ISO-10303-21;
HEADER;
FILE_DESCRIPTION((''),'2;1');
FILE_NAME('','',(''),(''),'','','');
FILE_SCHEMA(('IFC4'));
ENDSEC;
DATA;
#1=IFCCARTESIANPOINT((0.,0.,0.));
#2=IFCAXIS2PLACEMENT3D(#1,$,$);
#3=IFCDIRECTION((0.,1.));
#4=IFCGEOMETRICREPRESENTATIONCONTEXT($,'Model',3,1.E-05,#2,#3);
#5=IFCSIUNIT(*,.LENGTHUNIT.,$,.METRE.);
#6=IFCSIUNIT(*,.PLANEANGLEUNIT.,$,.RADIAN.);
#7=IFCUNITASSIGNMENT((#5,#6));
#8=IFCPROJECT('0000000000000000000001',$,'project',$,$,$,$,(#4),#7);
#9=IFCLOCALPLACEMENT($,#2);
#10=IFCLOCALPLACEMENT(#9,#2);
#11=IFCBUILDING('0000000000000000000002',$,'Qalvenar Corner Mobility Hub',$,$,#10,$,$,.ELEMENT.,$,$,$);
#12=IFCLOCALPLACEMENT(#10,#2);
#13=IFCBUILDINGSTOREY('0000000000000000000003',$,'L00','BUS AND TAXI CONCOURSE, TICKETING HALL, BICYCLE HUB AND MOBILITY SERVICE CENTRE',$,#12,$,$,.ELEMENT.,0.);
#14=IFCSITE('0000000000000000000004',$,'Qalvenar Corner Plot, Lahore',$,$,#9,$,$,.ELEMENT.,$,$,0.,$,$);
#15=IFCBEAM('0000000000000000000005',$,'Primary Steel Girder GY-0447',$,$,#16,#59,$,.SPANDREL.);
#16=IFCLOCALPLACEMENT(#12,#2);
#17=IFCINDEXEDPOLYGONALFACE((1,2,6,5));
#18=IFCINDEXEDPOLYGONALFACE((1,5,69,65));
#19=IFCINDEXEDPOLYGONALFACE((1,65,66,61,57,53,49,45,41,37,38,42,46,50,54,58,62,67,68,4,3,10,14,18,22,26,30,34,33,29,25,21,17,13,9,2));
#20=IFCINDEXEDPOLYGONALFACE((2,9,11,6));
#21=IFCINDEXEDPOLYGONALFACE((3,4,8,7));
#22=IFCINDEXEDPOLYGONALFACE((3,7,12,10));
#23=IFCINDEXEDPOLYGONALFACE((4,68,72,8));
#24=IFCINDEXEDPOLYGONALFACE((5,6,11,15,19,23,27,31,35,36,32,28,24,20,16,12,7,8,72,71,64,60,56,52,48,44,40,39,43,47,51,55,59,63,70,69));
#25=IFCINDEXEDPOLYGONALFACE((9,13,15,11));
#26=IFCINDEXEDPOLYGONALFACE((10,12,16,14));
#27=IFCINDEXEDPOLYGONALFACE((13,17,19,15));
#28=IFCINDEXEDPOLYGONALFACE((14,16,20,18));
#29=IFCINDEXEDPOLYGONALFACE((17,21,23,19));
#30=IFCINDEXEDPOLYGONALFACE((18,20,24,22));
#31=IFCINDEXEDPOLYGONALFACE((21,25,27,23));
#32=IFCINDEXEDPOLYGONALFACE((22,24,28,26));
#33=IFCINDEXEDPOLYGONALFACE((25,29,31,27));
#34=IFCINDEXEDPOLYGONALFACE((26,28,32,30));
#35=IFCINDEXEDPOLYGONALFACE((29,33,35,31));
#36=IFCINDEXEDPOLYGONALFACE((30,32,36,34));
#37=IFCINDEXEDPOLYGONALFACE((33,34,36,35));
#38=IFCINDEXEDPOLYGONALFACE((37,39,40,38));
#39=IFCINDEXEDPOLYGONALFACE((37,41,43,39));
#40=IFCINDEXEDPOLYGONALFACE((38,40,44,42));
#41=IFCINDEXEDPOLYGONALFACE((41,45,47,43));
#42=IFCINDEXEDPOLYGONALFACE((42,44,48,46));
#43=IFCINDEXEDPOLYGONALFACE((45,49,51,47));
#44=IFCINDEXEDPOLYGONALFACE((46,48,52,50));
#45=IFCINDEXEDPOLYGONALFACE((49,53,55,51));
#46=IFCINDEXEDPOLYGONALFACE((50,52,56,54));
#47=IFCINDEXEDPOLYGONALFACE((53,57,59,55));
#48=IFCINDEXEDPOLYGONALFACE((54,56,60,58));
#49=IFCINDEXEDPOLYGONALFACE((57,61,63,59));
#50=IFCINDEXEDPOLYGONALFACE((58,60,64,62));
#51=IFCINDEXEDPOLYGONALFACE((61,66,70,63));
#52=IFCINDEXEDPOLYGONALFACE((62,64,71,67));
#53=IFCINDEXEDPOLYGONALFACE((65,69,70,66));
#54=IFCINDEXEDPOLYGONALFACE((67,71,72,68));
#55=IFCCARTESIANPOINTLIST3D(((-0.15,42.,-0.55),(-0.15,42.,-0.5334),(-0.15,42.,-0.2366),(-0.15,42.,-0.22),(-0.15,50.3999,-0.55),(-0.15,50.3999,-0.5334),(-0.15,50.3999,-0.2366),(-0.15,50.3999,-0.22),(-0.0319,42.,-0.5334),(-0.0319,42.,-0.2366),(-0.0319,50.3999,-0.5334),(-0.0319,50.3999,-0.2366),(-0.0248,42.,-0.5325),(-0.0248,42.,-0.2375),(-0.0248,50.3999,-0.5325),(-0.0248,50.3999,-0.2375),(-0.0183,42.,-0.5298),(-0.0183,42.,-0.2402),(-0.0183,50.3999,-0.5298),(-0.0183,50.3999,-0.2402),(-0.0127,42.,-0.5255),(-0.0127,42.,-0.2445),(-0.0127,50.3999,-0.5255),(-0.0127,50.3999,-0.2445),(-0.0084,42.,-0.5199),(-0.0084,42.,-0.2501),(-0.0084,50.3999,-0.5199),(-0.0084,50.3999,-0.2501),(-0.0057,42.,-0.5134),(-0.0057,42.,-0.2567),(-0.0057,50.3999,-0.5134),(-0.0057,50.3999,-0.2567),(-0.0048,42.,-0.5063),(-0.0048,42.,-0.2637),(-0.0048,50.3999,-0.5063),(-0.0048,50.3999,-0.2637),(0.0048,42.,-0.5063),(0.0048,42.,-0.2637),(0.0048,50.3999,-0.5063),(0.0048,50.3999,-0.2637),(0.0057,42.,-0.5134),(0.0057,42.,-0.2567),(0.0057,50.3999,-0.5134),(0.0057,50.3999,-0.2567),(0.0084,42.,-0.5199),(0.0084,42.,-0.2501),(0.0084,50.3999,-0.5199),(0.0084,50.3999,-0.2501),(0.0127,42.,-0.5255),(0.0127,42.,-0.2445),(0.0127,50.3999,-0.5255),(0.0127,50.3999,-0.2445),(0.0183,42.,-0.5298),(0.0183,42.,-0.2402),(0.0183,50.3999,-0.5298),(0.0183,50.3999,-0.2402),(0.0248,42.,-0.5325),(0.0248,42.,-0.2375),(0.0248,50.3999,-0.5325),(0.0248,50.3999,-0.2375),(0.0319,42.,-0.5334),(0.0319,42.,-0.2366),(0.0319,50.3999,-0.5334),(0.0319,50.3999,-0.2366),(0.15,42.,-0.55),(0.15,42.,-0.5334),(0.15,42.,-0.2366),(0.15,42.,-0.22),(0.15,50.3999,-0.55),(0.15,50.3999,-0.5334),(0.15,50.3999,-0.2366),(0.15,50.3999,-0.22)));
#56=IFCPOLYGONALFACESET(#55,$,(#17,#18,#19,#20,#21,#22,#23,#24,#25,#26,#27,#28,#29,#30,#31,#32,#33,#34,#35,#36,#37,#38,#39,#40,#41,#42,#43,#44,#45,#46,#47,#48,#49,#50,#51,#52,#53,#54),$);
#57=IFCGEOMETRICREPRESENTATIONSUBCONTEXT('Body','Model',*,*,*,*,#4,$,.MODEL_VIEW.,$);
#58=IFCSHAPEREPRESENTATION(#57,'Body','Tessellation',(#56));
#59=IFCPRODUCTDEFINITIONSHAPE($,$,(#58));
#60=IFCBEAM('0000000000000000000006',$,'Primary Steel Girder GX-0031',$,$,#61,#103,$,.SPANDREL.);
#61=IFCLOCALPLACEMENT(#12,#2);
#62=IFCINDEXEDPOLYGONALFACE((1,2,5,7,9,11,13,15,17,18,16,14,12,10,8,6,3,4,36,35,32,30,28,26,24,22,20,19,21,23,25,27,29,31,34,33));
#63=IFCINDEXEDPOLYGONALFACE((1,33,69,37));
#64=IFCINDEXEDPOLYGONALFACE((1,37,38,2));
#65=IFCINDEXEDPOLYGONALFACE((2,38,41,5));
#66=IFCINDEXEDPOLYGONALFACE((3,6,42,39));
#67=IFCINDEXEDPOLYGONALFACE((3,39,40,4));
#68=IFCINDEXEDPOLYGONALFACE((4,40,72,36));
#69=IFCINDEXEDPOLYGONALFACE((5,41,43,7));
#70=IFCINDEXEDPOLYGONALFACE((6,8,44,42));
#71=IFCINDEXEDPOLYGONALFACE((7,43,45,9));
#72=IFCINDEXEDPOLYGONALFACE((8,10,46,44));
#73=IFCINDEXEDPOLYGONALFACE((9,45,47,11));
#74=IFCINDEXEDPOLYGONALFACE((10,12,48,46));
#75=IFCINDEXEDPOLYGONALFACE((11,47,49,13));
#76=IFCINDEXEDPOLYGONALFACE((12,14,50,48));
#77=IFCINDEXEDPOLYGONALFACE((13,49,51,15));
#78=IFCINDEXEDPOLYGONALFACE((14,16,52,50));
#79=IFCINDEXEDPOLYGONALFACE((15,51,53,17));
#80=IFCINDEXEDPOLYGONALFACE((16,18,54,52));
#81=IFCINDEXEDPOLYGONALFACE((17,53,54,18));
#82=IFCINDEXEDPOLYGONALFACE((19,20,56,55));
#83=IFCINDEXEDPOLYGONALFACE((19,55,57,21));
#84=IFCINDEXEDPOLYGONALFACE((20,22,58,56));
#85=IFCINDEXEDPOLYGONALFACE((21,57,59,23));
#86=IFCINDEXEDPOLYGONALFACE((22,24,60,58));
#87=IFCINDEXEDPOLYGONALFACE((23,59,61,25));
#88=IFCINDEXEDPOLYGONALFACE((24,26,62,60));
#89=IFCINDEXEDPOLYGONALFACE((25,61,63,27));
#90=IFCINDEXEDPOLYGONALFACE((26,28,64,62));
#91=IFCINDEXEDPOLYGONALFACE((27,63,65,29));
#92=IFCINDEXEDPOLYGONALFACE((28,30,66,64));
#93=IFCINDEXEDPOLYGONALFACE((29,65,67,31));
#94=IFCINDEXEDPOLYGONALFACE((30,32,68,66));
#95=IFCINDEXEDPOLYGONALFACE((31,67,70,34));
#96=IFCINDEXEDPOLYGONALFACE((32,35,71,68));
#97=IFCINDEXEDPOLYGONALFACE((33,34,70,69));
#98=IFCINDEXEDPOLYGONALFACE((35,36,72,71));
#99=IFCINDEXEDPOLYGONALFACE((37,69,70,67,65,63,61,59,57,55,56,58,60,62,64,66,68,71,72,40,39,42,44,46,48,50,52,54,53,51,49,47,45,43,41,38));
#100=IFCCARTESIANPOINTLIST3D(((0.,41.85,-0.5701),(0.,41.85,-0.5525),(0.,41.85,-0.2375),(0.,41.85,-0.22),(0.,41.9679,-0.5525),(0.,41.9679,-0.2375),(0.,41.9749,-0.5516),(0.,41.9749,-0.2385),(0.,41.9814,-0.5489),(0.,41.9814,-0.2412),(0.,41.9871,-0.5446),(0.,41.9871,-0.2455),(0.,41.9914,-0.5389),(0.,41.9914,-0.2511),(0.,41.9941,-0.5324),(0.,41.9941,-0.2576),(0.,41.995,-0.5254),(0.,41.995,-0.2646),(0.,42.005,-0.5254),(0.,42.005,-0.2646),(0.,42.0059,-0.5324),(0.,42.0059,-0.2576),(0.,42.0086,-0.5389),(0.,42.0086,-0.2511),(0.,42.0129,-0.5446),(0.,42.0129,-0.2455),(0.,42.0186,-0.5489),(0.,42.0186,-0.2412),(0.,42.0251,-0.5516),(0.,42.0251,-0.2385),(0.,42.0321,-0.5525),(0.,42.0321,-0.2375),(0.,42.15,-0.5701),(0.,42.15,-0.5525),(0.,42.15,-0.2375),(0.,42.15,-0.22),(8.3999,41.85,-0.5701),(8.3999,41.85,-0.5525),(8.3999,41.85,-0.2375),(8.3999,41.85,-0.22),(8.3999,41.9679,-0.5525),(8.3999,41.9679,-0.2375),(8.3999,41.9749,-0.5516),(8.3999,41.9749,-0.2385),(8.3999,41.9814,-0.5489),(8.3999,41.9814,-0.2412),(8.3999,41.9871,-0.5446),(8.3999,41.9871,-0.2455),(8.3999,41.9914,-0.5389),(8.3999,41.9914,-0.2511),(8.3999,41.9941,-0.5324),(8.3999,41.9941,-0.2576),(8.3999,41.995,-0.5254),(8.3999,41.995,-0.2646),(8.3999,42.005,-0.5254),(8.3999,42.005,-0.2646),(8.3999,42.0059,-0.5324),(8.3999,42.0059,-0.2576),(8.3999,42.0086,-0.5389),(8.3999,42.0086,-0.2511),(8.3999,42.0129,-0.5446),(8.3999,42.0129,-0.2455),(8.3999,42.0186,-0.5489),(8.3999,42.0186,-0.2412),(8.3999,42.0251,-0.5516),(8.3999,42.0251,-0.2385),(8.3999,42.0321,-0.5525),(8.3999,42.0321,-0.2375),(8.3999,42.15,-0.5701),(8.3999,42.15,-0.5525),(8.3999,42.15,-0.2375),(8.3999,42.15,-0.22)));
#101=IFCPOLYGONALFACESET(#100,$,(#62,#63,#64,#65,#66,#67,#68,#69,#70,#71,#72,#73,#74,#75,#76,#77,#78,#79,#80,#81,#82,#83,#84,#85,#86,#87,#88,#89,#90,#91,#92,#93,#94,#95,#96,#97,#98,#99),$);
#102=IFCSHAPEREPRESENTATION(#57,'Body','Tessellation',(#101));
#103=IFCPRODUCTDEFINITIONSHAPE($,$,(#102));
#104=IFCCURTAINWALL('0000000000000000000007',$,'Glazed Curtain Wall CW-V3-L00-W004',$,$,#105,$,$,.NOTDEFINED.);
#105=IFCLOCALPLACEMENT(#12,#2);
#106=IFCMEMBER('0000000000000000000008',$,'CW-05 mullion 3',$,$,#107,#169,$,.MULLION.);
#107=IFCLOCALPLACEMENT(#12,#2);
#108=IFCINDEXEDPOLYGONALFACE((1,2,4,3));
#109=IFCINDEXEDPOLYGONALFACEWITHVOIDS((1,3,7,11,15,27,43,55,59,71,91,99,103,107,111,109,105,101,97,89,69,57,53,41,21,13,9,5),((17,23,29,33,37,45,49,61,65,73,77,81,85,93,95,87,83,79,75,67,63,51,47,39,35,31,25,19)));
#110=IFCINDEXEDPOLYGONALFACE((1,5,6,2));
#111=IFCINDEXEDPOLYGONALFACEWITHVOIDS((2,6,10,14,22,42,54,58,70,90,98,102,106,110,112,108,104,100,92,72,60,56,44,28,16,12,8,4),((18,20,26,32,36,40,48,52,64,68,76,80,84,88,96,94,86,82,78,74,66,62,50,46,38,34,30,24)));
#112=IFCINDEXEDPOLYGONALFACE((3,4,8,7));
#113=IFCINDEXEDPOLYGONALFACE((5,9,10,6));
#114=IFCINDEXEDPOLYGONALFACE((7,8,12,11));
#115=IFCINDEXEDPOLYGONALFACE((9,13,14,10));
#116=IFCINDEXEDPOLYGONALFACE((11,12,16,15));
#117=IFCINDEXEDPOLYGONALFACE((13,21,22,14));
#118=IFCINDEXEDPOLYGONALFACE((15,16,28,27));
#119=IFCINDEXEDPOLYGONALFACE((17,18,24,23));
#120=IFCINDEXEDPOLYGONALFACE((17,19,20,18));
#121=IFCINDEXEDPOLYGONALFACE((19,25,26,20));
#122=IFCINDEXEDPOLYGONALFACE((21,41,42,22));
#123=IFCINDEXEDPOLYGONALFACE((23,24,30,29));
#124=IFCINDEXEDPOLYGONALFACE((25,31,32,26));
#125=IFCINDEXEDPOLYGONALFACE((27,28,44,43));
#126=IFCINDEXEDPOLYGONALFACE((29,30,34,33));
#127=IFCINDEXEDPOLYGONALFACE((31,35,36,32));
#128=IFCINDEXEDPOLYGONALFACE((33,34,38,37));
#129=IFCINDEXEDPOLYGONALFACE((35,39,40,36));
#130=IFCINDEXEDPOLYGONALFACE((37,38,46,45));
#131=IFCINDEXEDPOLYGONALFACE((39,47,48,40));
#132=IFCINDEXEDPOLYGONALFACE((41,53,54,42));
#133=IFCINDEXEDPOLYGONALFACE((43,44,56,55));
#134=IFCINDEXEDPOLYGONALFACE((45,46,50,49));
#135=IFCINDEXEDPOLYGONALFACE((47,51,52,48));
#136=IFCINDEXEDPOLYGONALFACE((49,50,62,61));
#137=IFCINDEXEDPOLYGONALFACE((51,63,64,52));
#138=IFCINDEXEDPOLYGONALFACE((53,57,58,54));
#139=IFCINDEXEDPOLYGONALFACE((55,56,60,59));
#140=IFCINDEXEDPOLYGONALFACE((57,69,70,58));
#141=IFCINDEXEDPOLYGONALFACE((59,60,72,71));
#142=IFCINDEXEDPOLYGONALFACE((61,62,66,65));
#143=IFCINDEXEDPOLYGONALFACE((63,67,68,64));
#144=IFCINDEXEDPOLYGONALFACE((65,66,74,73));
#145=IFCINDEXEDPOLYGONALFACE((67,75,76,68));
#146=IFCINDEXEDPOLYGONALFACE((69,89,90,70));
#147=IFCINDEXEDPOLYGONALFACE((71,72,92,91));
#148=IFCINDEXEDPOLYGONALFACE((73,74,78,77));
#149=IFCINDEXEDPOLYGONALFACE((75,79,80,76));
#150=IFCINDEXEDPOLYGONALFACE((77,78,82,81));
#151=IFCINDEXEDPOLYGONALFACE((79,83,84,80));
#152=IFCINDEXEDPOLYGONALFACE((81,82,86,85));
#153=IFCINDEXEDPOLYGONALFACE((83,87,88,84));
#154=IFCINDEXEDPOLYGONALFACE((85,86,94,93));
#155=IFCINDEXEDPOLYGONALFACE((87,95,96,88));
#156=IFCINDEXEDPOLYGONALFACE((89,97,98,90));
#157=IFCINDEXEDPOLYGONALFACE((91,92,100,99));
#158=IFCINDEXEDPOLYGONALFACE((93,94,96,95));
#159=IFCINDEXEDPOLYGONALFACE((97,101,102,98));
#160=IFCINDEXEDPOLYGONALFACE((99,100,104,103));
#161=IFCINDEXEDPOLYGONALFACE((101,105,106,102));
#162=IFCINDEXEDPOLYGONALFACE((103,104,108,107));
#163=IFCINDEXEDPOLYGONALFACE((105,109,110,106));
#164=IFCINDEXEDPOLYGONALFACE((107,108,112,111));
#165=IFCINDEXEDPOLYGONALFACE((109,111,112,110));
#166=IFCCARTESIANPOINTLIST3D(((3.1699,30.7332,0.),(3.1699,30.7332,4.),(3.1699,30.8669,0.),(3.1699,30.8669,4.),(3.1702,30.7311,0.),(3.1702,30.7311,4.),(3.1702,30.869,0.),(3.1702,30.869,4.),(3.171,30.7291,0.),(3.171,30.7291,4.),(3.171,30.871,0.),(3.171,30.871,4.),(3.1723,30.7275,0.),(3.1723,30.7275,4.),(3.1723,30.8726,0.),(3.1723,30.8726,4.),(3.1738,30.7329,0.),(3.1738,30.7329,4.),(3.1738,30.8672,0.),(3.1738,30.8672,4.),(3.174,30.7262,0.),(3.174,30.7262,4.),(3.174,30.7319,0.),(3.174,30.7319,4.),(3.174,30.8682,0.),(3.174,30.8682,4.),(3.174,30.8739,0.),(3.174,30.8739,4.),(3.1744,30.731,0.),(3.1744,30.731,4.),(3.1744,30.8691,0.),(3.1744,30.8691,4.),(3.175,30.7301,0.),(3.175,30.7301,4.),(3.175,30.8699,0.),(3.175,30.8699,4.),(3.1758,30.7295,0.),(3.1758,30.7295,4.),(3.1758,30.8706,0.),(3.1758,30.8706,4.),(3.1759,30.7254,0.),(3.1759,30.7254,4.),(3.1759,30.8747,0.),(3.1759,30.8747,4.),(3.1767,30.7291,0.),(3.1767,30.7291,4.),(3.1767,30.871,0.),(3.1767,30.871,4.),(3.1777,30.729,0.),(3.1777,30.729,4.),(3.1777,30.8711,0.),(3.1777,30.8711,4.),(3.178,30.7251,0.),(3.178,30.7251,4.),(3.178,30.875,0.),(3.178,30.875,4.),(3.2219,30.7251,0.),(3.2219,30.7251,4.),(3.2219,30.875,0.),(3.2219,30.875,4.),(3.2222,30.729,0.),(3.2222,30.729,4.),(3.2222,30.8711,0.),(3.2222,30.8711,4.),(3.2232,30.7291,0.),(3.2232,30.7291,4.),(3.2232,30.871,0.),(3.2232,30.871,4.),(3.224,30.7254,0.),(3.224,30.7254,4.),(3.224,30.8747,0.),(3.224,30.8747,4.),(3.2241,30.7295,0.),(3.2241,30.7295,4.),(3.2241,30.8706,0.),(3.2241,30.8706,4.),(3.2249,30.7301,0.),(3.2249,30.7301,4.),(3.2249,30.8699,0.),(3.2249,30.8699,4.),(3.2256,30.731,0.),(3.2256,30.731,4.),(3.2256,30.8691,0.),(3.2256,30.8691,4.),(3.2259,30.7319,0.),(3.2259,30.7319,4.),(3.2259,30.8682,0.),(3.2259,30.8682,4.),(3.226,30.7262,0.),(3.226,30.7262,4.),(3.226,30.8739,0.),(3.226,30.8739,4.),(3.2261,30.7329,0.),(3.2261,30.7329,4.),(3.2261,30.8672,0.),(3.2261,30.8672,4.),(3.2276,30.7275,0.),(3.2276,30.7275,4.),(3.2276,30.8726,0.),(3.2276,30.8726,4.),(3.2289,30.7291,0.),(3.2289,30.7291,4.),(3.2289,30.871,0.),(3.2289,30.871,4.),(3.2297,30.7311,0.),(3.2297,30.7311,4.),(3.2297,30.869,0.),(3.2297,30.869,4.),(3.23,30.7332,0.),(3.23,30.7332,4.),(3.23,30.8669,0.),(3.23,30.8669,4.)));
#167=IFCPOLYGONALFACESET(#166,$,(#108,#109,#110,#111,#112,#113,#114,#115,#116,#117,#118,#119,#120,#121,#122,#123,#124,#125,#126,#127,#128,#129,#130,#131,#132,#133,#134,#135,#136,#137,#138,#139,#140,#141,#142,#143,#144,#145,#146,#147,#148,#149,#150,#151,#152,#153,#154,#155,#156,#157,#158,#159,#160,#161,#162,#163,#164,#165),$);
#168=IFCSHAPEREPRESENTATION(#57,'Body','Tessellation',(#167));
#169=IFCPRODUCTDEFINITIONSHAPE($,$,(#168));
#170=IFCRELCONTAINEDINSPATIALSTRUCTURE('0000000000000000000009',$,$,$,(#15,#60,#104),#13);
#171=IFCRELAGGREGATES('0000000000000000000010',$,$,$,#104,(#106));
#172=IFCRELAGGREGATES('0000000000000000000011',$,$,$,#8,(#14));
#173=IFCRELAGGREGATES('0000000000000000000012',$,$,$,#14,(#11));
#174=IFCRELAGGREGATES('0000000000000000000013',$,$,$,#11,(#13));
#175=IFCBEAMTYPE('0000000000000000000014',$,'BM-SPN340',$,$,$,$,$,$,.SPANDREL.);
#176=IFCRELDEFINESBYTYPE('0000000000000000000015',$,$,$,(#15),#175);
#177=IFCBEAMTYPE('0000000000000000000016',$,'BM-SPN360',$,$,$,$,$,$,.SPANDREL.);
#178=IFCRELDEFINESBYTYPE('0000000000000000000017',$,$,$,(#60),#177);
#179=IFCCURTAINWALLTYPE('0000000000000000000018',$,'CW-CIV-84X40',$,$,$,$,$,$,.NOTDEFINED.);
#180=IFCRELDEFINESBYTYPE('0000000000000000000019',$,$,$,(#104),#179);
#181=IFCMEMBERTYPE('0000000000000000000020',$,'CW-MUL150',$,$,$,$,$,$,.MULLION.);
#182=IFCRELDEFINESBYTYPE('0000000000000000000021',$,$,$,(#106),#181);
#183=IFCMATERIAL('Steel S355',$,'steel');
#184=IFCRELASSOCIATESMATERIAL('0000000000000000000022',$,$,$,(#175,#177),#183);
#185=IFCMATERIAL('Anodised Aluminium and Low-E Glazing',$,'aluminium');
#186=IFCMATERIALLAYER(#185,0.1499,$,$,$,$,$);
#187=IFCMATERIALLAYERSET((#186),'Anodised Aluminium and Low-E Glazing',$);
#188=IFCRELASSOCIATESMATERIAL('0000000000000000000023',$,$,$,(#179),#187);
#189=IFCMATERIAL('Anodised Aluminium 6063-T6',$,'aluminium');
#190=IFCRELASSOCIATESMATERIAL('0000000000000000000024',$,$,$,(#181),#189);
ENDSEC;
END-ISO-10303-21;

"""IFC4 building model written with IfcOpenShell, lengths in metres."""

from ifc_helpers import new_model, si_unit, direction, frame, origin, origin_2d, place, context, subcontext, project, spatial, hollow_rectangle, i_section, extrude, material, layer, layer_set, material_profile, profile_set, type_object, element, aggregate, save


model = new_model("IFC4")

# Units and contexts
model_context = context("Model", 3, precision=1e-05, world=origin(), true_north=direction((0.0, 1.0)))
body_context = subcontext(model_context, "Body", "Model", "MODEL_VIEW")
ifc_project = project(units=[si_unit("LENGTHUNIT", "METRE"), si_unit("PLANEANGLEUNIT", "RADIAN")], contexts=[model_context])

# Site, building, storey
site_placement = place(None, origin())
site = spatial("IfcSite", under=ifc_project, at=site_placement, Name="Qalvenar Corner Plot, Lahore", CompositionType="ELEMENT", RefElevation=0.0)
building_placement = place(site_placement, origin())
building = spatial("IfcBuilding", under=site, at=building_placement, Name="Qalvenar Corner Mobility Hub", CompositionType="ELEMENT")
storey_placement = place(building_placement, origin())
storey = spatial("IfcBuildingStorey", under=building, at=storey_placement, Name="L00", Description="BUS AND TAXI CONCOURSE, TICKETING HALL, BICYCLE HUB AND MOBILITY SERVICE CENTRE", CompositionType="ELEMENT", Elevation=0.0)

# Shared definitions
ifc_material_1 = material(Name="Steel S355", Category="steel")

# Beams
ifc_material_profile_1 = material_profile(ifc_material_1, i_section(OverallWidth=0.3, OverallDepth=0.3301, WebThickness=0.0095, FlangeThickness=0.0166, FilletRadius=0.0271, at=origin_2d()), Name="HEA340")
ifc_profile_set_1 = profile_set([ifc_material_profile_1], Name="Steel S355")
beam_type_1 = type_object("IfcBeamType", Name="BM-SPN340", PredefinedType="SPANDREL", material=ifc_profile_set_1)
for number, where, z_axis, x_axis, name in (
    (1, (0.0, 42.0, -0.385), (0.0, 1.0, 0.0), (-1.0, 0.0, 0.0), "Primary Steel Girder GY-0447"),
):
    element("IfcBeam", number, at=place(storey_placement, frame(where, z_axis=z_axis, x_axis=x_axis)), inside=storey, type_object=beam_type_1, Name=name, PredefinedType="SPANDREL", context=body_context, shape_type="SweptSolid", body=[
        extrude(i_section(OverallWidth=0.3, OverallDepth=0.3301, WebThickness=0.0095, FlangeThickness=0.0166, FilletRadius=0.0271, at=origin_2d()), origin(), (0.0, 0.0, 1.0), 8.3999),
    ])
ifc_material_profile_2 = material_profile(ifc_material_1, i_section(OverallWidth=0.3, OverallDepth=0.3501, WebThickness=0.01, FlangeThickness=0.0176, FilletRadius=0.0271, at=origin_2d()), Name="HEA360")
ifc_profile_set_2 = profile_set([ifc_material_profile_2], Name="Steel S355")
beam_type_2 = type_object("IfcBeamType", Name="BM-SPN360", PredefinedType="SPANDREL", material=ifc_profile_set_2)
beam_1_placement = place(storey_placement, frame((0.0, 42.0, -0.395), z_axis=(1.0, 0.0, 0.0), x_axis=(0.0, 1.0, 0.0)))
element("IfcBeam", 2, at=beam_1_placement, inside=storey, type_object=beam_type_2, Name="Primary Steel Girder GX-0031", PredefinedType="SPANDREL", context=body_context, shape_type="SweptSolid", body=[
    extrude(i_section(OverallWidth=0.3, OverallDepth=0.3501, WebThickness=0.01, FlangeThickness=0.0176, FilletRadius=0.0271, at=origin_2d()), origin(), (0.0, 0.0, 1.0), 8.3999),
])

# Curtain wall, member
ifc_material_2 = material(Name="Anodised Aluminium and Low-E Glazing", Category="aluminium")
ifc_layer_1 = layer(ifc_material_2, 0.1499)
ifc_layer_set_1 = layer_set([ifc_layer_1], Name="Anodised Aluminium and Low-E Glazing")
curtain_wall_type_1 = type_object("IfcCurtainWallType", Name="CW-CIV-84X40", PredefinedType="NOTDEFINED", material=ifc_layer_set_1)
curtain_wall_1_placement = place(storey_placement, origin())
curtain_wall_1 = element("IfcCurtainWall", 3, at=curtain_wall_1_placement, inside=storey, type_object=curtain_wall_type_1, Name="Glazed Curtain Wall CW-V3-L00-W004", PredefinedType="NOTDEFINED")
ifc_material_3 = material(Name="Anodised Aluminium 6063-T6", Category="aluminium")
ifc_material_profile_3 = material_profile(ifc_material_3, hollow_rectangle(XDim=0.0601, YDim=0.1499, WallThickness=0.0039, InnerFilletRadius=0.0039, OuterFilletRadius=0.0081, at=origin_2d()), Name="RHS150x60x4")
ifc_profile_set_3 = profile_set([ifc_material_profile_3], Name="Anodised Aluminium 6063-T6")
member_type_1 = type_object("IfcMemberType", Name="CW-MUL150", PredefinedType="MULLION", material=ifc_profile_set_3)
member_1_placement = place(storey_placement, frame((3.2, 30.8, 0.0), z_axis=(0.0, 0.0, 1.0), x_axis=(1.0, 0.0, 0.0)))
member_1 = element("IfcMember", 4, at=member_1_placement, type_object=member_type_1, Name="CW-05 mullion 3", PredefinedType="MULLION", context=body_context, shape_type="SweptSolid", body=[
    extrude(hollow_rectangle(XDim=0.0601, YDim=0.1499, WallThickness=0.0039, InnerFilletRadius=0.0039, OuterFilletRadius=0.0081, at=origin_2d()), origin(), (0.0, 0.0, 1.0), 4.0),
])

aggregate(curtain_wall_1, [member_1])

save(model, "model.ifc")
